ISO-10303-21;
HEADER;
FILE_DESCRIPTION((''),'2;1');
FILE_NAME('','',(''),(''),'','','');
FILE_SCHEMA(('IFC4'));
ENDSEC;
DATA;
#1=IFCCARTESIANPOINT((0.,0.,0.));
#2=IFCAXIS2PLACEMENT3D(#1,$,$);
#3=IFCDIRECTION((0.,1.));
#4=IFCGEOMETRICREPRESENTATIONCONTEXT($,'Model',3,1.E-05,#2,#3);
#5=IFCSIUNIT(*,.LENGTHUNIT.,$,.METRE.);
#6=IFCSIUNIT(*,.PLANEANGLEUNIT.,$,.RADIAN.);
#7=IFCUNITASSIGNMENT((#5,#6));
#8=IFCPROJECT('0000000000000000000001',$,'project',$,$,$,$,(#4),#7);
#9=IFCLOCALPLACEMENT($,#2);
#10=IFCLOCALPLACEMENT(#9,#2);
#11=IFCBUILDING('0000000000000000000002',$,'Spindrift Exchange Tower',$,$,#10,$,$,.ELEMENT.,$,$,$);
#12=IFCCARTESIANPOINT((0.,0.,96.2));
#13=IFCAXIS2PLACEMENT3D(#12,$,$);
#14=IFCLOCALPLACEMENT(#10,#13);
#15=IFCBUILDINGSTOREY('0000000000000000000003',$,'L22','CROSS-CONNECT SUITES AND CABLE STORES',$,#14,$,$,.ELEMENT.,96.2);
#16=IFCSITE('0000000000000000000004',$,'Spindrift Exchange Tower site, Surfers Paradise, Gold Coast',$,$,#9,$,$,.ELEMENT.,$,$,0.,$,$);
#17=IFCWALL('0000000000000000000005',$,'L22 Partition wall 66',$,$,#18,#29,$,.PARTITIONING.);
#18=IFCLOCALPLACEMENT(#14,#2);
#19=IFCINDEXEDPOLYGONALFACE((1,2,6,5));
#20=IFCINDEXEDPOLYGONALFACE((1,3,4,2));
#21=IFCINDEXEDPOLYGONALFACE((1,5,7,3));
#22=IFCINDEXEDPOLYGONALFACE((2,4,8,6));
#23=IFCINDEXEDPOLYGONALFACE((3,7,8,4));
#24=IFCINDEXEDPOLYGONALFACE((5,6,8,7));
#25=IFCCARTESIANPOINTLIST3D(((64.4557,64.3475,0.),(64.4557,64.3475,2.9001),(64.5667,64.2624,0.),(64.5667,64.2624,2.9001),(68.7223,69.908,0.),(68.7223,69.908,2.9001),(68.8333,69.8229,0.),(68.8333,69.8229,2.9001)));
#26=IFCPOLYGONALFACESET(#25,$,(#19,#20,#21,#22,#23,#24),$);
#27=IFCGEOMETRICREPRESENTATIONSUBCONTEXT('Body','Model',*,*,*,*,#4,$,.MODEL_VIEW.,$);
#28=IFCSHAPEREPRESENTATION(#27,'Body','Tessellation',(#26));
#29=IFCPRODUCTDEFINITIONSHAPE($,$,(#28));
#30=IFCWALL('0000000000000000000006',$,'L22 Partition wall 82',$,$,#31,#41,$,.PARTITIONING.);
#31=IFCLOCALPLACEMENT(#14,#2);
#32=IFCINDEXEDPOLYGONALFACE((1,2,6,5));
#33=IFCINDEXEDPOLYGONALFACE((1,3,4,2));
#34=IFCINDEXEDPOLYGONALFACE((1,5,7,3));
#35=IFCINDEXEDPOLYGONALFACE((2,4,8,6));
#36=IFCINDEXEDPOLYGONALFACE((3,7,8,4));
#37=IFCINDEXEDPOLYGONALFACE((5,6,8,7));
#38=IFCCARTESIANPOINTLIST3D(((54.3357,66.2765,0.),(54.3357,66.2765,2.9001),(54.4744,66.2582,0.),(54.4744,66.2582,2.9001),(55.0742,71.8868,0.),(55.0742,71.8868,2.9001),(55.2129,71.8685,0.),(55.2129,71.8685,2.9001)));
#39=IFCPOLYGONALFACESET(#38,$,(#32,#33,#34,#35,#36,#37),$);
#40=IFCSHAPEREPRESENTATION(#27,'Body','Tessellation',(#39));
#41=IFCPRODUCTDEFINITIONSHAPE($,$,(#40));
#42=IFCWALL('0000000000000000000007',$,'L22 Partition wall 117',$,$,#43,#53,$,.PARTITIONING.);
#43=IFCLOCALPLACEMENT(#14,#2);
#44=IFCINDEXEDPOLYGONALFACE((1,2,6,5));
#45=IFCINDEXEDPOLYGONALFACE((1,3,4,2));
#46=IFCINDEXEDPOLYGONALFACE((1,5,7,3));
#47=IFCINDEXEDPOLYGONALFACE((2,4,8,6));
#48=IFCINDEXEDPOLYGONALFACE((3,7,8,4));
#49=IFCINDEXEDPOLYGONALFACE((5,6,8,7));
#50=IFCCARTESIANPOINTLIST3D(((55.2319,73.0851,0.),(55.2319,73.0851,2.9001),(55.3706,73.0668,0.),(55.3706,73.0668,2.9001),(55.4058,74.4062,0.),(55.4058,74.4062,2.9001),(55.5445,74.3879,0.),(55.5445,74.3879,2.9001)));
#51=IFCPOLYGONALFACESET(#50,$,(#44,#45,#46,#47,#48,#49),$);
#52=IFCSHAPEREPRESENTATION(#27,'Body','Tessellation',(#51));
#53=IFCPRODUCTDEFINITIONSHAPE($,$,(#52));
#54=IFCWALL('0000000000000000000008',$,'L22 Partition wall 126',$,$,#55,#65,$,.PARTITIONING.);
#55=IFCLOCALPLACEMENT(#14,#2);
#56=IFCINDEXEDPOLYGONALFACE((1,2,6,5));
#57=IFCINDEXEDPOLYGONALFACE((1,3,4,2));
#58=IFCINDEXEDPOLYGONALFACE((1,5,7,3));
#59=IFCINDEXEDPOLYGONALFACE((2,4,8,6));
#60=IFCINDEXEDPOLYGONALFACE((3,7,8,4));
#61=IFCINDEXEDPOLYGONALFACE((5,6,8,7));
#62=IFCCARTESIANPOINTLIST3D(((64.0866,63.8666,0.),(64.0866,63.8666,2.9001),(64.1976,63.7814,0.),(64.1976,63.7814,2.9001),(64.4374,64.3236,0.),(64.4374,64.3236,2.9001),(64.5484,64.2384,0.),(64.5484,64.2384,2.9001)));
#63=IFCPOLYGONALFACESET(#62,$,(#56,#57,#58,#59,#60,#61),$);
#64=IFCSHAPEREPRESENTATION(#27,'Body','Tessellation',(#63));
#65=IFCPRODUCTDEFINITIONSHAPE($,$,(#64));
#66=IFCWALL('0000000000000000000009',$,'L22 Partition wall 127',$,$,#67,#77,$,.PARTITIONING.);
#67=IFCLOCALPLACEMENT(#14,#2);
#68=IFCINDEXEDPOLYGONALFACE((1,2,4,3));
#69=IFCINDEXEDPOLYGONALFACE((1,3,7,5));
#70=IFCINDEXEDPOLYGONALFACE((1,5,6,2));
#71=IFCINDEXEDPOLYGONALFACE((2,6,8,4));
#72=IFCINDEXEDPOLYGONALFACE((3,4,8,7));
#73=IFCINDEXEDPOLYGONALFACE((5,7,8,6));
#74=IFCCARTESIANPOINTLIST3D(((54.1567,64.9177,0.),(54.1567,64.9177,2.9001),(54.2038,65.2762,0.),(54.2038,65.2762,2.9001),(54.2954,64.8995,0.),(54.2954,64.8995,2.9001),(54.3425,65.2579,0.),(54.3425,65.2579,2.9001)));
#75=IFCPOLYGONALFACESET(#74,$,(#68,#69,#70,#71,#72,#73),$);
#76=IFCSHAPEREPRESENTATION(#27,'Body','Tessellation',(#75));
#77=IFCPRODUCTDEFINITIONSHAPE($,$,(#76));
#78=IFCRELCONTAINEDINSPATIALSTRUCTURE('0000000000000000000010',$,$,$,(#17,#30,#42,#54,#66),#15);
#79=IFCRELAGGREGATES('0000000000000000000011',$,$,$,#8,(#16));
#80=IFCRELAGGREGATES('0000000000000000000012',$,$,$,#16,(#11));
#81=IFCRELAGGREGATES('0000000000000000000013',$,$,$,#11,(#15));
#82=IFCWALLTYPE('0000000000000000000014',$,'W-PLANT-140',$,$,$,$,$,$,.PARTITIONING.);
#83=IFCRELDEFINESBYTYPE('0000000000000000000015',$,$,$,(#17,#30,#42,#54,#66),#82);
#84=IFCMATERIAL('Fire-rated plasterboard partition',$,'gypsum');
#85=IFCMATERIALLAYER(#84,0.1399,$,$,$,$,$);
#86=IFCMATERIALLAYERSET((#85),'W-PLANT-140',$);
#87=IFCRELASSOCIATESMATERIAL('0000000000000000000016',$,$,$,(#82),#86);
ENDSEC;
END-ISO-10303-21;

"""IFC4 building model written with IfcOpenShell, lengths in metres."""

from ifc_helpers import new_model, si_unit, direction, frame, frame_2d, origin, place, context, subcontext, project, spatial, rectangle, extrude, material, layer, layer_set, type_object, element, save


model = new_model("IFC4")

# Units and contexts
model_context = context("Model", 3, precision=1e-05, world=origin(), true_north=direction((0.0, 1.0)))
body_context = subcontext(model_context, "Body", "Model", "MODEL_VIEW")
ifc_project = project(units=[si_unit("LENGTHUNIT", "METRE"), si_unit("PLANEANGLEUNIT", "RADIAN")], contexts=[model_context])

# Site, building, storey
site_placement = place(None, origin())
site = spatial("IfcSite", under=ifc_project, at=site_placement, Name="Spindrift Exchange Tower site, Surfers Paradise, Gold Coast", CompositionType="ELEMENT", RefElevation=0.0)
building_placement = place(site_placement, origin())
building = spatial("IfcBuilding", under=site, at=building_placement, Name="Spindrift Exchange Tower", CompositionType="ELEMENT")
storey_placement = place(building_placement, frame((0.0, 0.0, 96.2)))
storey = spatial("IfcBuildingStorey", under=building, at=storey_placement, Name="L22", Description="CROSS-CONNECT SUITES AND CABLE STORES", CompositionType="ELEMENT", Elevation=96.2)

# Walls
ifc_material_1 = material(Name="Fire-rated plasterboard partition", Category="gypsum")
ifc_layer_1 = layer(ifc_material_1, 0.1399)
ifc_layer_set_1 = layer_set([ifc_layer_1], Name="W-PLANT-140")
wall_type = type_object("IfcWallType", Name="W-PLANT-140", PredefinedType="PARTITIONING", material=ifc_layer_set_1)
wall_1_placement = place(storey_placement, frame((64.5112, 64.3049, 0.0), z_axis=(0.0, 0.0, 1.0), x_axis=(0.608747, 0.793364, 0.0)))
element("IfcWall", 1, at=wall_1_placement, inside=storey, type_object=wall_type, Name="L22 Partition wall 66", PredefinedType="PARTITIONING", context=body_context, shape_type="SweptSolid", body=[
    extrude(rectangle(XDim=7.0088, YDim=0.1399, at=frame_2d((3.5044, 0.0))), origin(), (0.0, 0.0, 1.0), 2.9001),
])
wall_2_placement = place(storey_placement, frame((54.405, 66.2673, 0.0), z_axis=(0.0, 0.0, 1.0), x_axis=(0.13051, 0.991447, 0.0)))
element("IfcWall", 2, at=wall_2_placement, inside=storey, type_object=wall_type, Name="L22 Partition wall 82", PredefinedType="PARTITIONING", context=body_context, shape_type="SweptSolid", body=[
    extrude(rectangle(XDim=5.6587, YDim=0.1399, at=frame_2d((2.8293, 0.0))), origin(), (0.0, 0.0, 1.0), 2.9001),
])
wall_3_placement = place(storey_placement, frame((55.3013, 73.0759, 0.0), z_axis=(0.0, 0.0, 1.0), x_axis=(0.130459, 0.991454, 0.0)))
element("IfcWall", 3, at=wall_3_placement, inside=storey, type_object=wall_type, Name="L22 Partition wall 117", PredefinedType="PARTITIONING", context=body_context, shape_type="SweptSolid", body=[
    extrude(rectangle(XDim=1.3325, YDim=0.1399, at=frame_2d((0.6663, 0.0))), origin(), (0.0, 0.0, 1.0), 2.9001),
])
wall_4_placement = place(storey_placement, frame((64.1421, 63.824, 0.0), z_axis=(0.0, 0.0, 1.0), x_axis=(0.608912, 0.793238, 0.0)))
element("IfcWall", 4, at=wall_4_placement, inside=storey, type_object=wall_type, Name="L22 Partition wall 126", PredefinedType="PARTITIONING", context=body_context, shape_type="SweptSolid", body=[
    extrude(rectangle(XDim=0.5762, YDim=0.1399, at=frame_2d((0.2881, 0.0))), origin(), (0.0, 0.0, 1.0), 2.9001),
])
wall_5_placement = place(storey_placement, frame((54.2261, 64.9087, 0.0), z_axis=(0.0, 0.0, 1.0), x_axis=(0.13035, 0.991468, 0.0)))
element("IfcWall", 5, at=wall_5_placement, inside=storey, type_object=wall_type, Name="L22 Partition wall 127", PredefinedType="PARTITIONING", context=body_context, shape_type="SweptSolid", body=[
    extrude(rectangle(XDim=0.3616, YDim=0.1399, at=frame_2d((0.1807, 0.0))), origin(), (0.0, 0.0, 1.0), 2.9001),
])

save(model, "model.ifc")
